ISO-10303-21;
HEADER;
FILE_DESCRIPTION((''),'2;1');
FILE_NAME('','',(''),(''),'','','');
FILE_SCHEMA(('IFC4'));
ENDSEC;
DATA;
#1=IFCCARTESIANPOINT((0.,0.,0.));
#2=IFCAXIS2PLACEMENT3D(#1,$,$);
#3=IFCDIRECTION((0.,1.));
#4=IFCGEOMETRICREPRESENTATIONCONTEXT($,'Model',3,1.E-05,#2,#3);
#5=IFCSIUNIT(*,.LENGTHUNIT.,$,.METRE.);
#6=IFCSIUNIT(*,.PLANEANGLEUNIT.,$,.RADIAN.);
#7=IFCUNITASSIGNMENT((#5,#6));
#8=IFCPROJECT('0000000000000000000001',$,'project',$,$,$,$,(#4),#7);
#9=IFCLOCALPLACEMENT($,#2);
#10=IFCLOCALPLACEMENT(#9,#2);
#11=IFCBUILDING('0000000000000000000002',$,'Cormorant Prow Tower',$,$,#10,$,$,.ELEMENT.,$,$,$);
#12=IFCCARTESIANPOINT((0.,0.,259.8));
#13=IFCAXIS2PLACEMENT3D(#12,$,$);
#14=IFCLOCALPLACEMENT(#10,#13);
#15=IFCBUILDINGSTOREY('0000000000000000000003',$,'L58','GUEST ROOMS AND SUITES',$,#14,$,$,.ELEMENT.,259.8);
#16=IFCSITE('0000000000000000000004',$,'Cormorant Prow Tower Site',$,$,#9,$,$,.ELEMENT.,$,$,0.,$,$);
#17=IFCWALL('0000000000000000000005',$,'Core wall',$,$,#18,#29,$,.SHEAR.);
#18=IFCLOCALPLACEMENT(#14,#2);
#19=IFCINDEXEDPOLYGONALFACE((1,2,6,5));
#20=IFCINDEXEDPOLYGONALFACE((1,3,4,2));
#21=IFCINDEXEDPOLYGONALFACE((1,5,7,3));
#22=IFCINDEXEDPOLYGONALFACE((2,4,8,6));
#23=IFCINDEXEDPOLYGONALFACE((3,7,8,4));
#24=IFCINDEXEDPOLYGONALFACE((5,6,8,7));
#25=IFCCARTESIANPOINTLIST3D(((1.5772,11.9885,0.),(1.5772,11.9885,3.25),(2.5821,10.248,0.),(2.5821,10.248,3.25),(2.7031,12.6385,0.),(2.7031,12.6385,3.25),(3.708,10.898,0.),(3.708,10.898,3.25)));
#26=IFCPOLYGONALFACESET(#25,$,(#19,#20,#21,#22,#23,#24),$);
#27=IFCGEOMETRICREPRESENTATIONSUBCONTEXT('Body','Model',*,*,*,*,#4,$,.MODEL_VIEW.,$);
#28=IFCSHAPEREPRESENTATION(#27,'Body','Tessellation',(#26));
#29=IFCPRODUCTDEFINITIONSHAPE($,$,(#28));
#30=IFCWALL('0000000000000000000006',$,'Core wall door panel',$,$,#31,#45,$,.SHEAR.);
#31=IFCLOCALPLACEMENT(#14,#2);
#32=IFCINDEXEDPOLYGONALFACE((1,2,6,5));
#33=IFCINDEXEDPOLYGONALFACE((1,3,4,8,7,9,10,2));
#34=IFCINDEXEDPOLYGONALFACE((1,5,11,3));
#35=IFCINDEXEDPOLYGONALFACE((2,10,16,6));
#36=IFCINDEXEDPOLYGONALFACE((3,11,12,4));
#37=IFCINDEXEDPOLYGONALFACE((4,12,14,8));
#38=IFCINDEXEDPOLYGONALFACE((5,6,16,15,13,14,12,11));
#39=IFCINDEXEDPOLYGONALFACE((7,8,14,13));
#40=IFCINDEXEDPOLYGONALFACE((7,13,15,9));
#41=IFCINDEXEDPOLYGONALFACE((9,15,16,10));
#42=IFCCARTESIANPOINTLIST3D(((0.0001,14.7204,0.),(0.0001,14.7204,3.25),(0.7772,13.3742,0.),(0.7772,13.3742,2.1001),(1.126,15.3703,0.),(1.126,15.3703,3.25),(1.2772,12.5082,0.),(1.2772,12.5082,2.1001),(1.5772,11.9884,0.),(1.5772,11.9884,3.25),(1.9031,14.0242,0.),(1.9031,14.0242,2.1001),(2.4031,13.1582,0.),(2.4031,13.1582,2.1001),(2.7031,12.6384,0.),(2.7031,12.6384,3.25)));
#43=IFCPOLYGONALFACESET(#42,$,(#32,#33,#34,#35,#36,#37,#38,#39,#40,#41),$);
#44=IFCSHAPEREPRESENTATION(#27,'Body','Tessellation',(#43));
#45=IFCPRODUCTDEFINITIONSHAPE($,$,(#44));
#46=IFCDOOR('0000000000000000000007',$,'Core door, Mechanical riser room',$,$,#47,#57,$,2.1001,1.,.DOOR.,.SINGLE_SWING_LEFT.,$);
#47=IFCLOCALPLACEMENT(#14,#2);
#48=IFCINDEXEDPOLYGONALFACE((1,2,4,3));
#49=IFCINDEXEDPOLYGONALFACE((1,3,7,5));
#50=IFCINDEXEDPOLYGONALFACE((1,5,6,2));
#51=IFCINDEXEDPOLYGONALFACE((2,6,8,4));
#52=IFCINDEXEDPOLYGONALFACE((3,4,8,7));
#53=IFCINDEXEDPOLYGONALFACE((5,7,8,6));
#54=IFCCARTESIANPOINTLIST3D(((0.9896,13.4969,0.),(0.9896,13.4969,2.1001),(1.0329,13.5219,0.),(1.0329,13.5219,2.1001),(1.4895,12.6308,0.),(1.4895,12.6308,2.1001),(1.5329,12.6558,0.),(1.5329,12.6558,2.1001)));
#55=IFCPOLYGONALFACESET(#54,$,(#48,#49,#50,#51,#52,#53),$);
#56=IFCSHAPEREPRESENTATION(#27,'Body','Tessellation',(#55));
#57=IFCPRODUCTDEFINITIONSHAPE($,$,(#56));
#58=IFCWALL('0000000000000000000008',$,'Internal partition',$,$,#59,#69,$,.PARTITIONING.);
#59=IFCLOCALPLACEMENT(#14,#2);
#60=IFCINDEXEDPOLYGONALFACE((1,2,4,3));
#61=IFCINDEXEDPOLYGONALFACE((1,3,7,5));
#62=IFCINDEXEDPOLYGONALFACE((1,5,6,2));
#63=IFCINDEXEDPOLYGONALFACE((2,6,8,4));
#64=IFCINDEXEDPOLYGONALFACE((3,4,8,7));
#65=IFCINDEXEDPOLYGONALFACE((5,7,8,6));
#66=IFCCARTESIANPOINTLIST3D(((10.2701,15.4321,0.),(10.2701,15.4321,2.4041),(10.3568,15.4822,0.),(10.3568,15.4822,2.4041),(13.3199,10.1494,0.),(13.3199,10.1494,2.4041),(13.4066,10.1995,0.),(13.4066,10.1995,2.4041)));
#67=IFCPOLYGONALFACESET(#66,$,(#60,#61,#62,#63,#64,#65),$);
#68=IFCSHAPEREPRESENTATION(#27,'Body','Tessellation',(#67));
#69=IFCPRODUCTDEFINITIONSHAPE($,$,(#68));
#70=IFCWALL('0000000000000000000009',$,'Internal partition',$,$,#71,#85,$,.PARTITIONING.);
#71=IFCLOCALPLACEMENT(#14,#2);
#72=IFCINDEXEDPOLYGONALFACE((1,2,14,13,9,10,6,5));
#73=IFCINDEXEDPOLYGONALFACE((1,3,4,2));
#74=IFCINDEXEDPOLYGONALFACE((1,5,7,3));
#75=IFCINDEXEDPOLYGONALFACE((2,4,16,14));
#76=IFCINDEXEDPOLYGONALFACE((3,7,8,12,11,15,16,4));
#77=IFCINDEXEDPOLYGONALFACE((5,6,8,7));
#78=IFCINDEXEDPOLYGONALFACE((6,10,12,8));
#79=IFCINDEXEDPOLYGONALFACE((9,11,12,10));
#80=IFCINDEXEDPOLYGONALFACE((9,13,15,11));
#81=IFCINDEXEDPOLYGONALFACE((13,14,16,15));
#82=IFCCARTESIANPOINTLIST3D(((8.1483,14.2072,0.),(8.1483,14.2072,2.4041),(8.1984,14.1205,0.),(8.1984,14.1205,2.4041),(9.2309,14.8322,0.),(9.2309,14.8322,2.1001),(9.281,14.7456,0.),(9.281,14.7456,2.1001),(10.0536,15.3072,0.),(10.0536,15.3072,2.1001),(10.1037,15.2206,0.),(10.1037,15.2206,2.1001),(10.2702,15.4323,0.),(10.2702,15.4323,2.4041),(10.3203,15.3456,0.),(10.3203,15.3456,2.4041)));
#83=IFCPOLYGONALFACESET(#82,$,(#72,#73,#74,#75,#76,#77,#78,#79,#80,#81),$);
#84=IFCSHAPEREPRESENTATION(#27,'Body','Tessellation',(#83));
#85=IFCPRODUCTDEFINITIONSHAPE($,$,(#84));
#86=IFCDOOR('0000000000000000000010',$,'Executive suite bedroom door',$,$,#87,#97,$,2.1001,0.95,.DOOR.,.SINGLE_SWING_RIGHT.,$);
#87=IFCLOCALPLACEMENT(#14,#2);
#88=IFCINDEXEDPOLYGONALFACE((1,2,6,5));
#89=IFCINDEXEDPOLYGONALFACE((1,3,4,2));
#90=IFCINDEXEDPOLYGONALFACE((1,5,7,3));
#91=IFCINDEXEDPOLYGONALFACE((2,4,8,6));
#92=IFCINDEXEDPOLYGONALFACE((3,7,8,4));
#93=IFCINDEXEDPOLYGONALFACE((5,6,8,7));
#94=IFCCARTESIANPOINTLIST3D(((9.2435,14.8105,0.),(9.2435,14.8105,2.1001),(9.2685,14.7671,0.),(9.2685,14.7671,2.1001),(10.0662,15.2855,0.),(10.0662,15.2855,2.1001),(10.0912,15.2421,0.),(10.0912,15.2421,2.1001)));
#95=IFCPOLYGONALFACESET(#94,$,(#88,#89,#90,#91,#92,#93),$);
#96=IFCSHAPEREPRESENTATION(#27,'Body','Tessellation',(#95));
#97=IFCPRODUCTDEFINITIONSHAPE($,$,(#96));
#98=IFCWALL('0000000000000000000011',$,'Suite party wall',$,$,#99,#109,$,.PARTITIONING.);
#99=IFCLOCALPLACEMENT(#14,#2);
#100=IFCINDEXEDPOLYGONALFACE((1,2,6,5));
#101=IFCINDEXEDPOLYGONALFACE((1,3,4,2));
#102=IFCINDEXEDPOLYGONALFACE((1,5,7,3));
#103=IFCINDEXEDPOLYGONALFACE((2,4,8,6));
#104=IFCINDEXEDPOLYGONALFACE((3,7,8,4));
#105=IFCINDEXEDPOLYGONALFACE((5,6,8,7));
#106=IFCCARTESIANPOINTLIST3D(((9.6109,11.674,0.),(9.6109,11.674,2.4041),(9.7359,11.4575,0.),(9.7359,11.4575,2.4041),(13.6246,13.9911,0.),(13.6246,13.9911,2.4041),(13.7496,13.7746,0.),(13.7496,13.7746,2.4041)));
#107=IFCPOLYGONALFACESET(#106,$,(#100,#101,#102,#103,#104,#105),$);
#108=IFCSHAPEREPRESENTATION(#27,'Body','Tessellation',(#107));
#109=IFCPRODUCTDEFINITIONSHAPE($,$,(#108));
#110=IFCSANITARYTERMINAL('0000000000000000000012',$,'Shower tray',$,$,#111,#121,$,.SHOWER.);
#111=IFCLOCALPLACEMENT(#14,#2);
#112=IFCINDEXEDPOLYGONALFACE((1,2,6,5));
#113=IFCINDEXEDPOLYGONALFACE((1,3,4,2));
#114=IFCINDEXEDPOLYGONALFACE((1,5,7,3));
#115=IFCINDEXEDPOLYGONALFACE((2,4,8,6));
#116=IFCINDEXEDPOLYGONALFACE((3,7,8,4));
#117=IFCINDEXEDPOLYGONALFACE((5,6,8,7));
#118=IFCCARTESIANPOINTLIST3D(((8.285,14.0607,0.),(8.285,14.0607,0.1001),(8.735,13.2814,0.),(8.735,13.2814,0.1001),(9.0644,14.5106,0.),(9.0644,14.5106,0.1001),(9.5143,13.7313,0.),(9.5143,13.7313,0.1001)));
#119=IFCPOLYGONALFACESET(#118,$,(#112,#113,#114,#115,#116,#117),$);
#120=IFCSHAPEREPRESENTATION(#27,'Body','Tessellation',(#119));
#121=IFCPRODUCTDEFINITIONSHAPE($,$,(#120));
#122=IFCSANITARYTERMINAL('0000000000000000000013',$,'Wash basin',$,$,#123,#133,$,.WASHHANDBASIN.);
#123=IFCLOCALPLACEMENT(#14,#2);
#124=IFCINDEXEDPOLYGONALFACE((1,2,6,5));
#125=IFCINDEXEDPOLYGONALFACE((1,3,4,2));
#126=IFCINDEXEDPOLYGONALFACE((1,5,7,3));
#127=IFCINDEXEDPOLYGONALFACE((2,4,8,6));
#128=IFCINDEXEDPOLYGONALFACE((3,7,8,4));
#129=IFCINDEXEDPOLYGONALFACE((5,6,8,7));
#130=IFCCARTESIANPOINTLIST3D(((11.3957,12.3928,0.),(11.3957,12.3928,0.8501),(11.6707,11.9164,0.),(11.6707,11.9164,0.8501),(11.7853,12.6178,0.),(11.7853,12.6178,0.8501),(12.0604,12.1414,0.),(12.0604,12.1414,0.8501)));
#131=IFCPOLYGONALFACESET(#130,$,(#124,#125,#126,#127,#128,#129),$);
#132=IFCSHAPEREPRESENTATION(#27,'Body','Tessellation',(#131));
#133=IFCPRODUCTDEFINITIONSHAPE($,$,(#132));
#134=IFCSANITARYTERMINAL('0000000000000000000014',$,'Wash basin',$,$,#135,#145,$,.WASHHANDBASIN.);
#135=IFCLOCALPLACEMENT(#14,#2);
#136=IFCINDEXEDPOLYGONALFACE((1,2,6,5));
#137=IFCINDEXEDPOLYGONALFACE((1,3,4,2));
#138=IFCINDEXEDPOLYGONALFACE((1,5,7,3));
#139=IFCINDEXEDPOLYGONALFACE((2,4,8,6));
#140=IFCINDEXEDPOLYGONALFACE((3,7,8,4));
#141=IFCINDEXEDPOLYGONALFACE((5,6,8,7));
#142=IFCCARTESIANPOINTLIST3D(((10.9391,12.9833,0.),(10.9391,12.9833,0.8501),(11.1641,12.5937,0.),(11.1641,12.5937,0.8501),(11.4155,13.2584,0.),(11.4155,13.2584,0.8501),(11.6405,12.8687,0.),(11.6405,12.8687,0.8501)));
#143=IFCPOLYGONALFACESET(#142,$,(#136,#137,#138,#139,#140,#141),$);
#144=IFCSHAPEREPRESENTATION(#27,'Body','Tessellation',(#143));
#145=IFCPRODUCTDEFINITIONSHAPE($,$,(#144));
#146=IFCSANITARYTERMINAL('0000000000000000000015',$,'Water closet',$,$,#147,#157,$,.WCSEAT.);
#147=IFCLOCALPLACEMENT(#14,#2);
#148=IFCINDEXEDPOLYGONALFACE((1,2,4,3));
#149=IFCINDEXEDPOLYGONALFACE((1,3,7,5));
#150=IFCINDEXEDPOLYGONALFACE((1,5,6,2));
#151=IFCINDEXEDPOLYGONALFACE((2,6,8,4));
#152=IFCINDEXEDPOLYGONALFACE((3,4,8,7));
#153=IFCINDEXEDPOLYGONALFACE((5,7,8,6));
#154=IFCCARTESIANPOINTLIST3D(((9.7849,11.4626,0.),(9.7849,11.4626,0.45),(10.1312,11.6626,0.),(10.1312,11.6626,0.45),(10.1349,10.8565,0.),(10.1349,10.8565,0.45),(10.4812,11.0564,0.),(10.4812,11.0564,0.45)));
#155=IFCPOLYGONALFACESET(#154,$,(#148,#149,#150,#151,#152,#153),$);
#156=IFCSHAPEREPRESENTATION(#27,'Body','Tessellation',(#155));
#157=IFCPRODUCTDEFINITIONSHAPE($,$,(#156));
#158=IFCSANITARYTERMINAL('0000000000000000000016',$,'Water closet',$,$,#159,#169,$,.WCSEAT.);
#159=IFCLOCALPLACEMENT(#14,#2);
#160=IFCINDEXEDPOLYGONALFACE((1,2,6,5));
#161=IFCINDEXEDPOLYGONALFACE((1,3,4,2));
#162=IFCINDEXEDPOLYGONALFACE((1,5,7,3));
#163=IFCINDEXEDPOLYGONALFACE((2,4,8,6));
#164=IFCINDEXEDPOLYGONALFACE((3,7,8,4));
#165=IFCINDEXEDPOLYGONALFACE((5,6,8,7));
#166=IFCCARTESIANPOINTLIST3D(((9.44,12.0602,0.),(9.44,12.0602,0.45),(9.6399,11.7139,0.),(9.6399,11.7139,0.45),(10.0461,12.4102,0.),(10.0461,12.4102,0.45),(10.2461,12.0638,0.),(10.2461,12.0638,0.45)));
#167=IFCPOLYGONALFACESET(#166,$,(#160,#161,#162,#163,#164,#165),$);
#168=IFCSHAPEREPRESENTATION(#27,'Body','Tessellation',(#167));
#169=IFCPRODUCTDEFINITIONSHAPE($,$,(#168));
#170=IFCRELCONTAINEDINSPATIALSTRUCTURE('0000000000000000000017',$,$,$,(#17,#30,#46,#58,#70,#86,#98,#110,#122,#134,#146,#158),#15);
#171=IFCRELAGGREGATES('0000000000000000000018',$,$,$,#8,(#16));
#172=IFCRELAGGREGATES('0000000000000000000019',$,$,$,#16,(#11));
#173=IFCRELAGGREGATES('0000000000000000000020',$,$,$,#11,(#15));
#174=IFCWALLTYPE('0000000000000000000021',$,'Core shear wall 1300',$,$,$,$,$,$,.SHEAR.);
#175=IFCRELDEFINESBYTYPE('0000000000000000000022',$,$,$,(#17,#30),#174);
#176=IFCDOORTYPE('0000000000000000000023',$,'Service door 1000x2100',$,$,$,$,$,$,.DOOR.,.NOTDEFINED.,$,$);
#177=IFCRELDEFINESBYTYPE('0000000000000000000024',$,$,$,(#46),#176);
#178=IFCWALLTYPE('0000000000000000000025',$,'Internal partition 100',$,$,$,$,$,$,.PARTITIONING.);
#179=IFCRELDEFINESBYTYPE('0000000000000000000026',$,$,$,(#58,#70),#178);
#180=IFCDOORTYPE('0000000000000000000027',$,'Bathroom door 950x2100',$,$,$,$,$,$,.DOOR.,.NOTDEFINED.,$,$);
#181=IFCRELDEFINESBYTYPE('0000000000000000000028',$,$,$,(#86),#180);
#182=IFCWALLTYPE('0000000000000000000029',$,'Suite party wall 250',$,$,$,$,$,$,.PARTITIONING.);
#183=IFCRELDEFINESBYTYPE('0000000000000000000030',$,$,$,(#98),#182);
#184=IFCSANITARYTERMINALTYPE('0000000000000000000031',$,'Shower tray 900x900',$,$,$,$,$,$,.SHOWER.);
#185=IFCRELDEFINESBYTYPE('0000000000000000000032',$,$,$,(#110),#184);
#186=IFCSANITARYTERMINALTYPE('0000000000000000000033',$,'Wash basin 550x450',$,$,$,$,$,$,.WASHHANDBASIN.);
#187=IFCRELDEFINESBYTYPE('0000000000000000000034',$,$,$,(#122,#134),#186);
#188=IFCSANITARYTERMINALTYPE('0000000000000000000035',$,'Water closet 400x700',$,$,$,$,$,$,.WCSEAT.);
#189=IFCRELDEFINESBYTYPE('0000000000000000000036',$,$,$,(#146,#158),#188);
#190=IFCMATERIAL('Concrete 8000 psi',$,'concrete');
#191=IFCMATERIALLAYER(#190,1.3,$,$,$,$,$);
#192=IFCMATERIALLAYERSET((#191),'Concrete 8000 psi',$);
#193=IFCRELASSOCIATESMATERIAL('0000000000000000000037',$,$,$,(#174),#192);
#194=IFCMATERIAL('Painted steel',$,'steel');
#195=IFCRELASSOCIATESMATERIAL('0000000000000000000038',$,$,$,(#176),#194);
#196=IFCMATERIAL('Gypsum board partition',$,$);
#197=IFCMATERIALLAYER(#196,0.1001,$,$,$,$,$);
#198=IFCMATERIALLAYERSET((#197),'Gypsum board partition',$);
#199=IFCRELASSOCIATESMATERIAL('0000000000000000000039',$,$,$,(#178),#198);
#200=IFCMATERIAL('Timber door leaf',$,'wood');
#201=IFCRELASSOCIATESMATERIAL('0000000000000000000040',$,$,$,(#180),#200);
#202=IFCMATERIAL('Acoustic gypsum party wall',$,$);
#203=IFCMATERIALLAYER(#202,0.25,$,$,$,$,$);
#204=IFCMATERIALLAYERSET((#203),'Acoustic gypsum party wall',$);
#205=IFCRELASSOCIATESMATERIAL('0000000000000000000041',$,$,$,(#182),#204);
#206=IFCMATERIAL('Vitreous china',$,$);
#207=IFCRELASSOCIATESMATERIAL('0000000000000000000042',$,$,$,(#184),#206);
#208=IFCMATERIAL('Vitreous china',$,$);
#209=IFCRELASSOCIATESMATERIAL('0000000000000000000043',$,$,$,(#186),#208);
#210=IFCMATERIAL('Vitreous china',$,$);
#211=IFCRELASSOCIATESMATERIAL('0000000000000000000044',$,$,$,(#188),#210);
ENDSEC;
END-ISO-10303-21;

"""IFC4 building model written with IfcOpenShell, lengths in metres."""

from ifc_helpers import new_model, si_unit, direction, frame, frame_2d, origin, origin_2d, place, context, subcontext, project, spatial, rectangle, extrude, material, layer, layer_set, type_object, element, fill, save


model = new_model("IFC4")

# Units and contexts
model_context = context("Model", 3, precision=1e-05, world=origin(), true_north=direction((0.0, 1.0)))
body_context = subcontext(model_context, "Body", "Model", "MODEL_VIEW")
ifc_project = project(units=[si_unit("LENGTHUNIT", "METRE"), si_unit("PLANEANGLEUNIT", "RADIAN")], contexts=[model_context])

# Site, building, storey
site_placement = place(None, origin())
site = spatial("IfcSite", under=ifc_project, at=site_placement, Name="Cormorant Prow Tower Site", CompositionType="ELEMENT", RefElevation=0.0)
building_placement = place(site_placement, origin())
building = spatial("IfcBuilding", under=site, at=building_placement, Name="Cormorant Prow Tower", CompositionType="ELEMENT")
storey_placement = place(building_placement, frame((0.0, 0.0, 259.8)))
storey = spatial("IfcBuildingStorey", under=building, at=storey_placement, Name="L58", Description="GUEST ROOMS AND SUITES", CompositionType="ELEMENT", Elevation=259.8)

# Wall
ifc_material_1 = material(Name="Concrete 8000 psi", Category="concrete")
ifc_layer_1 = layer(ifc_material_1, 1.3)
ifc_layer_set_1 = layer_set([ifc_layer_1], Name="Concrete 8000 psi")
wall_type_1 = type_object("IfcWallType", Name="Core shear wall 1300", PredefinedType="SHEAR", material=ifc_layer_set_1)
wall_1_placement = place(storey_placement, frame((3.145, 10.573, 0.0), z_axis=(0.0, 0.0, 1.0), x_axis=(-0.500006, 0.866022, 0.0)))
element("IfcWall", 1, at=wall_1_placement, inside=storey, type_object=wall_type_1, Name="Core wall", PredefinedType="SHEAR", context=body_context, shape_type="SweptSolid", body=[
    extrude(rectangle(XDim=2.0098, YDim=1.3, at=frame_2d((1.0049, 0.0))), origin(), (0.0, 0.0, 1.0), 3.25),
])

# Wall, opening, door
wall_2_placement = place(storey_placement, frame((2.1401, 12.3135, 0.0), z_axis=(0.0, 0.0, 1.0), x_axis=(-0.499968, 0.866044, 0.0)))
wall_2 = element("IfcWall", 2, at=wall_2_placement, inside=storey, type_object=wall_type_1, Name="Core wall door panel", PredefinedType="SHEAR", context=body_context, shape_type="SweptSolid", body=[
    extrude(rectangle(XDim=3.1545, YDim=1.3, at=frame_2d((1.5771, 0.0))), origin(), (0.0, 0.0, 1.0), 3.25),
])
opening_1_placement = place(wall_2_placement, frame((0.6001, 0.0, 0.0)))
opening_1 = element("IfcOpeningElement", 3, at=opening_1_placement, cuts=wall_2, PredefinedType="OPENING", context=body_context, shape_type="SweptSolid", body=[
    extrude(rectangle(XDim=1.0, YDim=2.1001, at=frame_2d((0.5, 1.05))), frame((0.0, 0.6599, 0.0), z_axis=(0.0, -1.0, 0.0), x_axis=(1.0, 0.0, 0.0)), (0.0, 0.0, 1.0), 1.3201),
])
ifc_material_2 = material(Name="Painted steel", Category="steel")
door_type_1 = type_object("IfcDoorType", Name="Service door 1000x2100", OperationType="NOTDEFINED", PredefinedType="DOOR", material=ifc_material_2)
door_1_placement = place(opening_1_placement, origin())
door_1 = element("IfcDoor", 4, at=door_1_placement, inside=storey, type_object=door_type_1, Name="Core door, Mechanical riser room", OperationType="SINGLE_SWING_LEFT", OverallHeight=2.1001, OverallWidth=1.0, PredefinedType="DOOR", context=body_context, shape_type="SweptSolid", body=[
    extrude(rectangle(XDim=1.0, YDim=2.1001, at=frame_2d((0.5, 1.05))), frame((0.0, 0.4048, 0.0), z_axis=(0.0, -1.0, 0.0), x_axis=(1.0, 0.0, 0.0)), (0.0, 0.0, 1.0), 0.05),
])
fill(opening_1, door_1)

# Wall
ifc_material_3 = material(Name="Gypsum board partition")
ifc_layer_2 = layer(ifc_material_3, 0.1001)
ifc_layer_set_2 = layer_set([ifc_layer_2], Name="Gypsum board partition")
wall_type_2 = type_object("IfcWallType", Name="Internal partition 100", PredefinedType="PARTITIONING", material=ifc_layer_set_2)
wall_3_placement = place(storey_placement, frame((10.3135, 15.457, 0.0), z_axis=(0.0, 0.0, 1.0), x_axis=(0.499979, -0.866038, 0.0)))
element("IfcWall", 5, at=wall_3_placement, inside=storey, type_object=wall_type_2, Name="Internal partition", PredefinedType="PARTITIONING", context=body_context, shape_type="SweptSolid", body=[
    extrude(rectangle(XDim=6.0999, YDim=0.1001, at=frame_2d((3.0498, 0.0))), origin(), (0.0, 0.0, 1.0), 2.4041),
])

# Wall, opening, door
wall_4_placement = place(storey_placement, frame((8.1733, 14.1638, 0.0), z_axis=(0.0, 0.0, 1.0), x_axis=(0.866015, 0.500019, 0.0)))
wall_4 = element("IfcWall", 6, at=wall_4_placement, inside=storey, type_object=wall_type_2, Name="Internal partition", PredefinedType="PARTITIONING", context=body_context, shape_type="SweptSolid", body=[
    extrude(rectangle(XDim=2.4502, YDim=0.1001, at=frame_2d((1.2251, 0.0))), origin(), (0.0, 0.0, 1.0), 2.4041),
])
opening_2_placement = place(wall_4_placement, frame((1.25, 0.0, 0.0)))
opening_2 = element("IfcOpeningElement", 7, at=opening_2_placement, cuts=wall_4, PredefinedType="OPENING", context=body_context, shape_type="SweptSolid", body=[
    extrude(rectangle(XDim=0.95, YDim=2.1001, at=frame_2d((0.4751, 1.05))), frame((0.0, 0.0601, 0.0), z_axis=(0.0, -1.0, 0.0), x_axis=(1.0, 0.0, 0.0)), (0.0, 0.0, 1.0), 0.1201),
])
ifc_material_4 = material(Name="Timber door leaf", Category="wood")
door_type_2 = type_object("IfcDoorType", Name="Bathroom door 950x2100", OperationType="NOTDEFINED", PredefinedType="DOOR", material=ifc_material_4)
door_2_placement = place(opening_2_placement, origin())
door_2 = element("IfcDoor", 8, at=door_2_placement, inside=storey, type_object=door_type_2, Name="Executive suite bedroom door", OperationType="SINGLE_SWING_RIGHT", OverallHeight=2.1001, OverallWidth=0.95, PredefinedType="DOOR", context=body_context, shape_type="SweptSolid", body=[
    extrude(rectangle(XDim=0.95, YDim=2.1001, at=frame_2d((0.4751, 1.05))), frame((0.0, 0.0249, 0.0), z_axis=(0.0, -1.0, 0.0), x_axis=(1.0, 0.0, 0.0)), (0.0, 0.0, 1.0), 0.05),
])
fill(opening_2, door_2)

# Wall
ifc_material_5 = material(Name="Acoustic gypsum party wall")
ifc_layer_3 = layer(ifc_material_5, 0.25)
ifc_layer_set_3 = layer_set([ifc_layer_3], Name="Acoustic gypsum party wall")
wall_type_3 = type_object("IfcWallType", Name="Suite party wall 250", PredefinedType="PARTITIONING", material=ifc_layer_set_3)
wall_5_placement = place(storey_placement, frame((9.6733, 11.5657, 0.0), z_axis=(0.0, 0.0, 1.0), x_axis=(0.86604, 0.499975, 0.0)))
element("IfcWall", 9, at=wall_5_placement, inside=storey, type_object=wall_type_3, Name="Suite party wall", PredefinedType="PARTITIONING", context=body_context, shape_type="SweptSolid", body=[
    extrude(rectangle(XDim=4.6345, YDim=0.25, at=frame_2d((2.3174, 0.0))), origin(), (0.0, 0.0, 1.0), 2.4041),
])

# Sanitary terminals
ifc_material_6 = material(Name="Vitreous china")
sanitary_terminal_type_1 = type_object("IfcSanitaryTerminalType", Name="Shower tray 900x900", PredefinedType="SHOWER", material=ifc_material_6)
sanitary_terminal_placement = place(storey_placement, frame((8.8997, 13.896, 0.0), z_axis=(0.0, 0.0, 1.0), x_axis=(0.866025, 0.5, 0.0)))
element("IfcSanitaryTerminal", 10, at=sanitary_terminal_placement, inside=storey, type_object=sanitary_terminal_type_1, Name="Shower tray", PredefinedType="SHOWER", context=body_context, shape_type="SweptSolid", body=[
    extrude(rectangle(XDim=0.8999, YDim=0.8999, at=origin_2d()), origin(), (0.0, 0.0, 1.0), 0.1001),
])
ifc_material_7 = material(Name="Vitreous china")
sanitary_terminal_type_2 = type_object("IfcSanitaryTerminalType", Name="Wash basin 550x450", PredefinedType="WASHHANDBASIN", material=ifc_material_7)
for number, where, z_axis, x_axis, name in (
    (11, (11.728, 12.2671, 0.0), (0.0, 0.0, 1.0), (0.5, -0.866025, 0.0), "Wash basin"),
    (12, (11.2898, 12.926, 0.0), (0.0, 0.0, 1.0), (-0.866025, -0.5, 0.0), "Wash basin"),
):
    element("IfcSanitaryTerminal", number, at=place(storey_placement, frame(where, z_axis=z_axis, x_axis=x_axis)), inside=storey, type_object=sanitary_terminal_type_2, Name=name, PredefinedType="WASHHANDBASIN", context=body_context, shape_type="SweptSolid", body=[
        extrude(rectangle(XDim=0.55, YDim=0.45, at=origin_2d()), origin(), (0.0, 0.0, 1.0), 0.8501),
    ])
ifc_material_8 = material(Name="Vitreous china")
sanitary_terminal_type_3 = type_object("IfcSanitaryTerminalType", Name="Water closet 400x700", PredefinedType="WCSEAT", material=ifc_material_8)
for number, where, z_axis, x_axis, name in (
    (13, (10.1331, 11.2595, 0.0), (0.0, 0.0, 1.0), (0.866025, 0.5, 0.0), "Water closet"),
    (14, (9.843, 12.062, 0.0), (0.0, 0.0, 1.0), (-0.5, 0.866025, 0.0), "Water closet"),
):
    element("IfcSanitaryTerminal", number, at=place(storey_placement, frame(where, z_axis=z_axis, x_axis=x_axis)), inside=storey, type_object=sanitary_terminal_type_3, Name=name, PredefinedType="WCSEAT", context=body_context, shape_type="SweptSolid", body=[
        extrude(rectangle(XDim=0.3999, YDim=0.7, at=origin_2d()), origin(), (0.0, 0.0, 1.0), 0.45),
    ])

save(model, "model.ifc")
